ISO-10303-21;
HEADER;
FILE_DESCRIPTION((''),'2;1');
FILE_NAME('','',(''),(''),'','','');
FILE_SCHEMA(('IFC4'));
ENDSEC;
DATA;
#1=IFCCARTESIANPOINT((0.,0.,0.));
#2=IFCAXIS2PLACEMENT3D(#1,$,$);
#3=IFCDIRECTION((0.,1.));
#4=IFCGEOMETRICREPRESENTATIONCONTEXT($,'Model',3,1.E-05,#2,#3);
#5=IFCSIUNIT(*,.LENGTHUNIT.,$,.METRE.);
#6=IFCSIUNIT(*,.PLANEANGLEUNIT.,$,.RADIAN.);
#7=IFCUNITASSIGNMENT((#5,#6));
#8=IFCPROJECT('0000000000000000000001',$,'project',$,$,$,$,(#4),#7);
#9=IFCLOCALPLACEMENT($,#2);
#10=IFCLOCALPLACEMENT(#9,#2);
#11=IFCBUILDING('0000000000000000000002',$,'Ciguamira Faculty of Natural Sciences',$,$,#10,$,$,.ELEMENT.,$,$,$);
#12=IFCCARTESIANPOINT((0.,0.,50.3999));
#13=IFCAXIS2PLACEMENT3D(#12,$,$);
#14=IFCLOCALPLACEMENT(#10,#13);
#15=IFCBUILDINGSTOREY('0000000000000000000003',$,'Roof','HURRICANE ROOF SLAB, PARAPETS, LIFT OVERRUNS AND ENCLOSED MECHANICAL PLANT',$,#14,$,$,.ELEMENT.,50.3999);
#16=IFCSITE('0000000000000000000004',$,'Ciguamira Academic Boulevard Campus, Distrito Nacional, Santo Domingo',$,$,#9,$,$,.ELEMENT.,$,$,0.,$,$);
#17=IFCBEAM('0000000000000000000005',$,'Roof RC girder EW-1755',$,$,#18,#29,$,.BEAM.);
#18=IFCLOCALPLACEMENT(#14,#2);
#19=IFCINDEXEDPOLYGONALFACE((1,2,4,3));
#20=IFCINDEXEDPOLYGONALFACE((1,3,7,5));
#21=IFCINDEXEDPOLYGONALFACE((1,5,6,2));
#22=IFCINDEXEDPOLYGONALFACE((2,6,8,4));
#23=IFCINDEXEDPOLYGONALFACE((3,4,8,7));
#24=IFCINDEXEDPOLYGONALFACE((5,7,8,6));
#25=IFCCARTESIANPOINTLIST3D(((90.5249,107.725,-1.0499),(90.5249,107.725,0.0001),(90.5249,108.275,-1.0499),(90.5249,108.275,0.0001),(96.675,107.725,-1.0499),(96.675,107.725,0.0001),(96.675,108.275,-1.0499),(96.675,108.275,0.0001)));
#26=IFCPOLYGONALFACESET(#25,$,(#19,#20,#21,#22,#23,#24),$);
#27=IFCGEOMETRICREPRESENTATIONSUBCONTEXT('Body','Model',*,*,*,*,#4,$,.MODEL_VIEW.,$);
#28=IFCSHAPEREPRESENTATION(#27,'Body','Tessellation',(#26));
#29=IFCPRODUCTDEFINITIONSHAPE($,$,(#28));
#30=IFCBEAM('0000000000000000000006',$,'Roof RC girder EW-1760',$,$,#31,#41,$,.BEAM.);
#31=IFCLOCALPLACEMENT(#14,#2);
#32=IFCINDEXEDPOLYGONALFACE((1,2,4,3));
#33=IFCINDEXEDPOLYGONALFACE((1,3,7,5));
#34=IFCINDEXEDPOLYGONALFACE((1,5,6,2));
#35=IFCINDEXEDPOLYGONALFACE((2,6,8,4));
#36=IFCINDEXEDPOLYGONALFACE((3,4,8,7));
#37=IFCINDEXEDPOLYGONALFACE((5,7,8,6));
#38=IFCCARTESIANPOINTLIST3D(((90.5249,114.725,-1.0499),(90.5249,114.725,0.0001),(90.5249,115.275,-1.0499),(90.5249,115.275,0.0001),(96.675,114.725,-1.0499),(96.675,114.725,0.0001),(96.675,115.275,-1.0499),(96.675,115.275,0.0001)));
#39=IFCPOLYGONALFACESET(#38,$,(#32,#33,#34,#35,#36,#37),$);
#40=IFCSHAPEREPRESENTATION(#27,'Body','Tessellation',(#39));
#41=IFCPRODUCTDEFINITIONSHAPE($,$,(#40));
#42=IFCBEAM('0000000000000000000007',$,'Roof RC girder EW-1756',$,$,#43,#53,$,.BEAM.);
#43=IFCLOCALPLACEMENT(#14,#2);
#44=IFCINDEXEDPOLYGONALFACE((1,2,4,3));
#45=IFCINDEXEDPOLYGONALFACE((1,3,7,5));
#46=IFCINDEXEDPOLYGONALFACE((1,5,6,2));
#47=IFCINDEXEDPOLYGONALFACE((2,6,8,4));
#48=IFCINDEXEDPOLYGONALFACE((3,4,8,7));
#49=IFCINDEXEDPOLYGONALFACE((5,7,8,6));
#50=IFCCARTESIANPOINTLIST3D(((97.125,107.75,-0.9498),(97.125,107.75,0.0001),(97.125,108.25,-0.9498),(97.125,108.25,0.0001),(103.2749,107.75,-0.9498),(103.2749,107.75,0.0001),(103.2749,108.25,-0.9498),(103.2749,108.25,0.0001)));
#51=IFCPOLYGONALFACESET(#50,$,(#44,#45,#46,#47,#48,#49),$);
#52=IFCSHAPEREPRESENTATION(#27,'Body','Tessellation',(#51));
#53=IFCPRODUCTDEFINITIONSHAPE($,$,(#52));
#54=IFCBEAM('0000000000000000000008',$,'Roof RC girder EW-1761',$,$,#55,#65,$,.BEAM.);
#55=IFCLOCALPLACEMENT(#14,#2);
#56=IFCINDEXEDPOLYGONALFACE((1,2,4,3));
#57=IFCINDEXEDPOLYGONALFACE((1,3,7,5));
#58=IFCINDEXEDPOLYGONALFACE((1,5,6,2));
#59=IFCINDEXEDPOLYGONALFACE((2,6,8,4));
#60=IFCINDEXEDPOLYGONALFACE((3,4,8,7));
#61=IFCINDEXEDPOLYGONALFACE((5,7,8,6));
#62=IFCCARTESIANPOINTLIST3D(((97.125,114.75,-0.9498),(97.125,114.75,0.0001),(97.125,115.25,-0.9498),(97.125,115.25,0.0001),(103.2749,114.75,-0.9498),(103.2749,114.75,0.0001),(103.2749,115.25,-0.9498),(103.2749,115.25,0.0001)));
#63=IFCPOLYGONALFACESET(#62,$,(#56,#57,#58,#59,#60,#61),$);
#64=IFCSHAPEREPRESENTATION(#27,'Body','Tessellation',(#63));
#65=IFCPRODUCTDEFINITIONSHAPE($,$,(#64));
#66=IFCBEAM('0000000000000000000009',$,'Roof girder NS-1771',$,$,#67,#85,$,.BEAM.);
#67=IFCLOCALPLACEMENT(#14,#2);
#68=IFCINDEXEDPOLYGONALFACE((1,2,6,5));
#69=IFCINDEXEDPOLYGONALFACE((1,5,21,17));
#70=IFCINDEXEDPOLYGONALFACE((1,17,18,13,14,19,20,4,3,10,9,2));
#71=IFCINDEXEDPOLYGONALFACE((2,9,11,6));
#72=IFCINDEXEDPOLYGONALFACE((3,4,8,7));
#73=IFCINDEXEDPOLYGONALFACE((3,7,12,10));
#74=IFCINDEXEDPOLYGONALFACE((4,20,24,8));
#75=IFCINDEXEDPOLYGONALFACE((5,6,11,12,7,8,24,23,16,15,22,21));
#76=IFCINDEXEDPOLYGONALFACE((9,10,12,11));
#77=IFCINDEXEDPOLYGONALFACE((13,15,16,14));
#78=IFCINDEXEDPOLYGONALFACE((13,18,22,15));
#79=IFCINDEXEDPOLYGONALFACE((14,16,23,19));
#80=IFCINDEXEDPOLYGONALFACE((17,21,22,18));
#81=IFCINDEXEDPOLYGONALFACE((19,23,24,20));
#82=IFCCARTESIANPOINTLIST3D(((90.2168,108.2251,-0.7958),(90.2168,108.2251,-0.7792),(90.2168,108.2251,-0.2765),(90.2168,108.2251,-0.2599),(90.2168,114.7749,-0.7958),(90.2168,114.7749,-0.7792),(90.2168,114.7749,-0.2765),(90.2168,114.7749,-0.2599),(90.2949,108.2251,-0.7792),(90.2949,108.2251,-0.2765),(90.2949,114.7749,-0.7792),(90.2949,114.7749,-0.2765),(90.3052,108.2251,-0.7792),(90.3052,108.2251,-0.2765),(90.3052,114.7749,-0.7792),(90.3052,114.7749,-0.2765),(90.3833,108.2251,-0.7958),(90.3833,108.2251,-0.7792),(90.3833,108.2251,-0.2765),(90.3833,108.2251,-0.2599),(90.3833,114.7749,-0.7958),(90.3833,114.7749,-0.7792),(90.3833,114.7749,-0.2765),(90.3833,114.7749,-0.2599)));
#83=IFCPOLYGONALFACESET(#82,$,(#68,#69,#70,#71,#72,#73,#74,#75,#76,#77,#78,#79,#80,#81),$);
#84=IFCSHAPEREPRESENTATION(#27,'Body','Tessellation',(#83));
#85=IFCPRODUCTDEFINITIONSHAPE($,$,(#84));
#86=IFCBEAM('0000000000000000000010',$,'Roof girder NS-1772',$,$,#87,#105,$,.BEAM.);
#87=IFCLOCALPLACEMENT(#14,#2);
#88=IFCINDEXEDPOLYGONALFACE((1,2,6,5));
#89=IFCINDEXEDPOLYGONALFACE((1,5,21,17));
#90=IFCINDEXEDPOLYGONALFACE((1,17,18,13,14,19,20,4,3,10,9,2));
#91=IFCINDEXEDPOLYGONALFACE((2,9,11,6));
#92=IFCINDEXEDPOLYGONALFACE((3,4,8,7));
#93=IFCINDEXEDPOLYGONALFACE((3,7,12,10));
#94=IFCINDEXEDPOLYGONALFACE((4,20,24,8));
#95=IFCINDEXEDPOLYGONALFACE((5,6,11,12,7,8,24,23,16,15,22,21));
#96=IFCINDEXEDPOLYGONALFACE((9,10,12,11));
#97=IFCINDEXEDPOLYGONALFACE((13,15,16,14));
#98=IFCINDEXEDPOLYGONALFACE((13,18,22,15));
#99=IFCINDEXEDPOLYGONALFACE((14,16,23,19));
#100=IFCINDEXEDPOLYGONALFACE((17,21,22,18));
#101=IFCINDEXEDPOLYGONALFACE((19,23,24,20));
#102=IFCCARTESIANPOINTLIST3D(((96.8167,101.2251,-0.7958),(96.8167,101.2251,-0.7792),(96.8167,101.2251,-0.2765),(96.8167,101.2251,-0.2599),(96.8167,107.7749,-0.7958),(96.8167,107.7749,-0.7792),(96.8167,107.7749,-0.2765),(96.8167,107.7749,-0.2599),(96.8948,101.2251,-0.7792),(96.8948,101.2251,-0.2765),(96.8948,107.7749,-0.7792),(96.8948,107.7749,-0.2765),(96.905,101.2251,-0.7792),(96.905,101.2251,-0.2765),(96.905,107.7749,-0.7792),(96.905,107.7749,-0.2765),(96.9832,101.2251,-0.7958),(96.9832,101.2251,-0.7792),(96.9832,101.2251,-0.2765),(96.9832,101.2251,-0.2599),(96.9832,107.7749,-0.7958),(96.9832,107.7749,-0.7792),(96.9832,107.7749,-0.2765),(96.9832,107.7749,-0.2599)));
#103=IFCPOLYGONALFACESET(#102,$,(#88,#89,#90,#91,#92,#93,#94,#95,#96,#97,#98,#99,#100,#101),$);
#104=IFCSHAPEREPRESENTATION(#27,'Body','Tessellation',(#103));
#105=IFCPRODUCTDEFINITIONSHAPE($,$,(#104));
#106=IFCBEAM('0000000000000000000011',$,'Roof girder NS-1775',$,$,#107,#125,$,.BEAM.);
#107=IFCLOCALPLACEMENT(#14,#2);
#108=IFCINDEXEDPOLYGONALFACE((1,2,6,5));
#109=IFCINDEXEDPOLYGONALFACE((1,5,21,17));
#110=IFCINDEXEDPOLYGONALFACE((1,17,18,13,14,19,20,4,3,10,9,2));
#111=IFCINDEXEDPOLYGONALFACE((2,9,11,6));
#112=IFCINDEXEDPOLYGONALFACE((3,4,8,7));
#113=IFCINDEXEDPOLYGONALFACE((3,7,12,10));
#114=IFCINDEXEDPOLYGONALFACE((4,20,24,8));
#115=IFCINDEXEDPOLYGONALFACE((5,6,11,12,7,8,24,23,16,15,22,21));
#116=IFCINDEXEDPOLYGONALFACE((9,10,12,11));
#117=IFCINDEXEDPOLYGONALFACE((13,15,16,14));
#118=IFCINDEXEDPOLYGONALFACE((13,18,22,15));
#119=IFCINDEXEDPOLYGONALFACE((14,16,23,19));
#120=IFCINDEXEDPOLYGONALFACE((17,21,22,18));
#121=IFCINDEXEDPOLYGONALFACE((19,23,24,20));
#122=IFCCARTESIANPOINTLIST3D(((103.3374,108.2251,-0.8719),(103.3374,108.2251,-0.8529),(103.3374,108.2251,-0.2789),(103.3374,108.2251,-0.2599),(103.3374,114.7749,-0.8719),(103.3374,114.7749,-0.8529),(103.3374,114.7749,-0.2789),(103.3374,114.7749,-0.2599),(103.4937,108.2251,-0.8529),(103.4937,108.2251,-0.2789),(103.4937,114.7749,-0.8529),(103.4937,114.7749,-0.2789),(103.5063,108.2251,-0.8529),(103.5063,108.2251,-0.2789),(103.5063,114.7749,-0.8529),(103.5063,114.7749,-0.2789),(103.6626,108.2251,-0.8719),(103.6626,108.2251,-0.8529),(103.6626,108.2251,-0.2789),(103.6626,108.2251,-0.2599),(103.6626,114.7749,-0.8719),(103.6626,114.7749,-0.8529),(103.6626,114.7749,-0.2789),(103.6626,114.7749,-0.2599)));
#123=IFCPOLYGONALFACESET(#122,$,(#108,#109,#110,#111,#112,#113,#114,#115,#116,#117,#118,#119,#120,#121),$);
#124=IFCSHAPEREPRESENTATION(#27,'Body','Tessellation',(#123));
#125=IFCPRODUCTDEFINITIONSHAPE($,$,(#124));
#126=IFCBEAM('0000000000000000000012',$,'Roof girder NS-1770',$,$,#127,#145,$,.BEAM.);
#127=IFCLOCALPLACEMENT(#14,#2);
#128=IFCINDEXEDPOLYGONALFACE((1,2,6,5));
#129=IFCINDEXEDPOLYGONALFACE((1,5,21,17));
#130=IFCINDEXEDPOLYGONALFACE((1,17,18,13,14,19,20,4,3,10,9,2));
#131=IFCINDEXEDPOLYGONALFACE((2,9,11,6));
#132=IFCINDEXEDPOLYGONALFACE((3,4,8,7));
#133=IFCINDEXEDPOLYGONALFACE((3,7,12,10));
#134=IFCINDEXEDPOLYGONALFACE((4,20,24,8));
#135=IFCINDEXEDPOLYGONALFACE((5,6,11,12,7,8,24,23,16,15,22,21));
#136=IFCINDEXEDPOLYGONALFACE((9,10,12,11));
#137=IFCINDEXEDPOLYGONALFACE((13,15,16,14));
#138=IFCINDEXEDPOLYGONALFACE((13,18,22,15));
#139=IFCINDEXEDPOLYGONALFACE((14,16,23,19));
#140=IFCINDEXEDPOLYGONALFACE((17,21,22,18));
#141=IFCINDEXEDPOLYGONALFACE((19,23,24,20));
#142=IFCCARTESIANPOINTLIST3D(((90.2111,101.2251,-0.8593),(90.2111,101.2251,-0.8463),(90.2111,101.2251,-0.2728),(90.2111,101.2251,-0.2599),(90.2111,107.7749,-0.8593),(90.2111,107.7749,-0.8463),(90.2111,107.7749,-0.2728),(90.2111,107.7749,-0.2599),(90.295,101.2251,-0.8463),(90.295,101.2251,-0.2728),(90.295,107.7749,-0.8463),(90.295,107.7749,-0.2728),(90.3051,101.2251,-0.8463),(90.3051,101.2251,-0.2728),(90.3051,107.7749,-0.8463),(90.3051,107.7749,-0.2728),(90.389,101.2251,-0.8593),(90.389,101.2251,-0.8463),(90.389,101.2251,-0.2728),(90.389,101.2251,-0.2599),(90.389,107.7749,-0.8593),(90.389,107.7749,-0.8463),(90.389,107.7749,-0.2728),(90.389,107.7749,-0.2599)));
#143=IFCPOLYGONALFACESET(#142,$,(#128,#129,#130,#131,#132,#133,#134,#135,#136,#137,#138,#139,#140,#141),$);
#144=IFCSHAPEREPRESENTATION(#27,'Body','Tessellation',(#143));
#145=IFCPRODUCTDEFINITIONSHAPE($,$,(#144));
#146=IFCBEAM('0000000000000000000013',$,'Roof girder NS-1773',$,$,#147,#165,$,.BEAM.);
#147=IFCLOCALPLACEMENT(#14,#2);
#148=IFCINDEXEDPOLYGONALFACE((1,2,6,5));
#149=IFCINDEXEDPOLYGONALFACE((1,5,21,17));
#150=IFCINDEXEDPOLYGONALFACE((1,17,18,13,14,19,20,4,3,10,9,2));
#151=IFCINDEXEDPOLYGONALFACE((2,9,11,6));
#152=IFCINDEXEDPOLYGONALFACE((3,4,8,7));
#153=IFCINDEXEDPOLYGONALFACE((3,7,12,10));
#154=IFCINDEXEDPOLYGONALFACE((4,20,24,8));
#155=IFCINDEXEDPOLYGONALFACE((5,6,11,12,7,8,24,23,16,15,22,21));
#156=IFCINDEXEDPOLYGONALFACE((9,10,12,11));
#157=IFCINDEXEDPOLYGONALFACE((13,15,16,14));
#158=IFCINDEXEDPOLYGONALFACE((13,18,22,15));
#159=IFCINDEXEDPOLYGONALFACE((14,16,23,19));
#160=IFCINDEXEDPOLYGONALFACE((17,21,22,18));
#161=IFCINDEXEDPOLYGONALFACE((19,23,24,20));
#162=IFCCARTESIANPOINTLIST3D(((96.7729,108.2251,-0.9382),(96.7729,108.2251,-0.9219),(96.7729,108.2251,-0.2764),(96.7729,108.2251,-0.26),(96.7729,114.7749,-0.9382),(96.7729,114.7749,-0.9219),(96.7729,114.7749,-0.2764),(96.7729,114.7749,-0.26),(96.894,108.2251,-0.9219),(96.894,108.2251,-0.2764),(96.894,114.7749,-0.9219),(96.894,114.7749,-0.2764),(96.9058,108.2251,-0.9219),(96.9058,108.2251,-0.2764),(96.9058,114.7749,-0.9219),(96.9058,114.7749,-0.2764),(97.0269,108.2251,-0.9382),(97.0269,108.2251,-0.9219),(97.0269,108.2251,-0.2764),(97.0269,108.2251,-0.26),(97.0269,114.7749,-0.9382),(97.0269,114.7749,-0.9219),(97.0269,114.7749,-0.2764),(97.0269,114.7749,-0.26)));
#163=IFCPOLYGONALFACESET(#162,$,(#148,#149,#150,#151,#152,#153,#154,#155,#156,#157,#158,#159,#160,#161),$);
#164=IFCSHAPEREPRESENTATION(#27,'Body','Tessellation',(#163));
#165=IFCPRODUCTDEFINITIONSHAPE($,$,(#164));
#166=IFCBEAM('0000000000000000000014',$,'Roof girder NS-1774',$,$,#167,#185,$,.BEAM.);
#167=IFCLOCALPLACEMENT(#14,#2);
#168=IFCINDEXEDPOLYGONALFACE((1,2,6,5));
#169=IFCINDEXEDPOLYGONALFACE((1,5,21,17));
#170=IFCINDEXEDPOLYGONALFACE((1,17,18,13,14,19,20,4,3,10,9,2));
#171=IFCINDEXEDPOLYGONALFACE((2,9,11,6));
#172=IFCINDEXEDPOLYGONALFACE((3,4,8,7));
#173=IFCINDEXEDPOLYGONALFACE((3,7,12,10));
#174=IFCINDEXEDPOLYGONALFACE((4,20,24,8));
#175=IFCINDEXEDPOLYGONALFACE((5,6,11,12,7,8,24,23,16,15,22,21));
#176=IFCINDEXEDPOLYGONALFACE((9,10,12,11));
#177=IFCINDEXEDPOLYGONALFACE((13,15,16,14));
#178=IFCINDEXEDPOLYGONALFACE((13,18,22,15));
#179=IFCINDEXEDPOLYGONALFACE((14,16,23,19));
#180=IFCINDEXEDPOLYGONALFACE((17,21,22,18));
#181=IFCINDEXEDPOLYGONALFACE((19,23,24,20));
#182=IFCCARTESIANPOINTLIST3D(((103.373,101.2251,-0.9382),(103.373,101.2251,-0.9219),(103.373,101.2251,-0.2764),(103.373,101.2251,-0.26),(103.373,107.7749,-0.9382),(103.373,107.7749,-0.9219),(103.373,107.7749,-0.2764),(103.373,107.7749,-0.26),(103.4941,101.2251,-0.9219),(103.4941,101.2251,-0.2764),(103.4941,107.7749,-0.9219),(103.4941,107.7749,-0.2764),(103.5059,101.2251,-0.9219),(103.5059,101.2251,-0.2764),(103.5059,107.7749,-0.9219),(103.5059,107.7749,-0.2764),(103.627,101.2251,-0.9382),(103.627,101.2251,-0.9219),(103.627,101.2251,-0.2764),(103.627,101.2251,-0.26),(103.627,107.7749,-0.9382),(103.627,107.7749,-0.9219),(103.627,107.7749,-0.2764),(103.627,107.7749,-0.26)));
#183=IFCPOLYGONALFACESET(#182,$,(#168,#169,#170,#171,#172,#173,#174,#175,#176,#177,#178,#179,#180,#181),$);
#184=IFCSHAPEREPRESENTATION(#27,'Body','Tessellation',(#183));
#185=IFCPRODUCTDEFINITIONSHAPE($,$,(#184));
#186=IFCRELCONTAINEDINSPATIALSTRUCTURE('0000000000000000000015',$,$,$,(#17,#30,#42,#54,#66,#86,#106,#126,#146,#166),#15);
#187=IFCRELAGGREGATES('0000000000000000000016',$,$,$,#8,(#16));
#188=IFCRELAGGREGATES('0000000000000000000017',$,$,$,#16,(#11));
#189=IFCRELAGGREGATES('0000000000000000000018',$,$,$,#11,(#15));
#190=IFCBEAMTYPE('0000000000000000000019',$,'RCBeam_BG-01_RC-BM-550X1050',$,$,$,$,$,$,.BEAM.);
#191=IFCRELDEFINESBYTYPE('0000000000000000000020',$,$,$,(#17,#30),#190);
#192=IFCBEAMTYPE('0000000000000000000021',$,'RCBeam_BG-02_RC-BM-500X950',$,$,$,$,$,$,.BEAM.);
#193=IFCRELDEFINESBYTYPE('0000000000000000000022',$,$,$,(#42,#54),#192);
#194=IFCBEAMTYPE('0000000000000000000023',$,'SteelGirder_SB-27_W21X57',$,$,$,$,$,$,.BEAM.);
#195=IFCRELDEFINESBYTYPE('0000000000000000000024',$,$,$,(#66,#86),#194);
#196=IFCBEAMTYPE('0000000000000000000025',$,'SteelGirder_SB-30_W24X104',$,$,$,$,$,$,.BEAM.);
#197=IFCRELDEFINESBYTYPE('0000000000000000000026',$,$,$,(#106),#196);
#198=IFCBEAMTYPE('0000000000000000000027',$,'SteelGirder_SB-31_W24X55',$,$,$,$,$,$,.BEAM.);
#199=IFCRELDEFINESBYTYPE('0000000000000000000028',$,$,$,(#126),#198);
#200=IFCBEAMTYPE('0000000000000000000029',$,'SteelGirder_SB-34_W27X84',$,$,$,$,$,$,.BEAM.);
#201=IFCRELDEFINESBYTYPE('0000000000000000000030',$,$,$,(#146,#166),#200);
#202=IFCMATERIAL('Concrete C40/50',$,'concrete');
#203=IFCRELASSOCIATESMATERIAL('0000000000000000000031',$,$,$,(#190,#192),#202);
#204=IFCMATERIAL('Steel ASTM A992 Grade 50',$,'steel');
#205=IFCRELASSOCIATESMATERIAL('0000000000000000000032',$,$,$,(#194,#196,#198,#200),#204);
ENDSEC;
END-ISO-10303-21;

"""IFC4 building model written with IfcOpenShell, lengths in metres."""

from ifc_helpers import new_model, si_unit, direction, frame, origin, origin_2d, place, context, subcontext, project, spatial, rectangle, i_section, extrude, material, material_profile, profile_set, type_object, element, save


model = new_model("IFC4")

# Units and contexts
model_context = context("Model", 3, precision=1e-05, world=origin(), true_north=direction((0.0, 1.0)))
body_context = subcontext(model_context, "Body", "Model", "MODEL_VIEW")
ifc_project = project(units=[si_unit("LENGTHUNIT", "METRE"), si_unit("PLANEANGLEUNIT", "RADIAN")], contexts=[model_context])

# Site, building, storey
site_placement = place(None, origin())
site = spatial("IfcSite", under=ifc_project, at=site_placement, Name="Ciguamira Academic Boulevard Campus, Distrito Nacional, Santo Domingo", CompositionType="ELEMENT", RefElevation=0.0)
building_placement = place(site_placement, origin())
building = spatial("IfcBuilding", under=site, at=building_placement, Name="Ciguamira Faculty of Natural Sciences", CompositionType="ELEMENT")
storey_placement = place(building_placement, frame((0.0, 0.0, 50.3999)))
storey = spatial("IfcBuildingStorey", under=building, at=storey_placement, Name="Roof", Description="HURRICANE ROOF SLAB, PARAPETS, LIFT OVERRUNS AND ENCLOSED MECHANICAL PLANT", CompositionType="ELEMENT", Elevation=50.3999)

# Beams
ifc_material_1 = material(Name="Concrete C40/50", Category="concrete")
ifc_material_profile_1 = material_profile(ifc_material_1, rectangle(XDim=0.55, YDim=1.05, at=origin_2d()), Name="RC-BM-550X1050")
ifc_profile_set_1 = profile_set([ifc_material_profile_1], Name="Concrete C40/50")
beam_type_1 = type_object("IfcBeamType", Name="RCBeam_BG-01_RC-BM-550X1050", PredefinedType="BEAM", material=ifc_profile_set_1)
for number, where, z_axis, x_axis, name in (
    (1, (90.5249, 108.0, -0.5249), (1.0, 0.0, 0.0), (0.0, 1.0, 0.0), "Roof RC girder EW-1755"),
    (2, (90.5249, 115.0, -0.5249), (1.0, 0.0, 0.0), (0.0, 1.0, 0.0), "Roof RC girder EW-1760"),
):
    element("IfcBeam", number, at=place(storey_placement, frame(where, z_axis=z_axis, x_axis=x_axis)), inside=storey, type_object=beam_type_1, Name=name, PredefinedType="BEAM", context=body_context, shape_type="SweptSolid", body=[
        extrude(rectangle(XDim=0.55, YDim=1.05, at=origin_2d()), origin(), (0.0, 0.0, 1.0), 6.1501),
    ])
ifc_material_profile_2 = material_profile(ifc_material_1, rectangle(XDim=0.5, YDim=0.95, at=origin_2d()), Name="RC-BM-500X950")
ifc_profile_set_2 = profile_set([ifc_material_profile_2], Name="Concrete C40/50")
beam_type_2 = type_object("IfcBeamType", Name="RCBeam_BG-02_RC-BM-500X950", PredefinedType="BEAM", material=ifc_profile_set_2)
for number, where, z_axis, x_axis, name in (
    (3, (97.125, 108.0, -0.4749), (1.0, 0.0, 0.0), (0.0, 1.0, 0.0), "Roof RC girder EW-1756"),
    (4, (97.125, 115.0, -0.4749), (1.0, 0.0, 0.0), (0.0, 1.0, 0.0), "Roof RC girder EW-1761"),
):
    element("IfcBeam", number, at=place(storey_placement, frame(where, z_axis=z_axis, x_axis=x_axis)), inside=storey, type_object=beam_type_2, Name=name, PredefinedType="BEAM", context=body_context, shape_type="SweptSolid", body=[
        extrude(rectangle(XDim=0.5, YDim=0.95, at=origin_2d()), origin(), (0.0, 0.0, 1.0), 6.1499),
    ])
ifc_material_2 = material(Name="Steel ASTM A992 Grade 50", Category="steel")
ifc_material_profile_3 = material_profile(ifc_material_2, i_section(OverallWidth=0.1665, OverallDepth=0.5359, WebThickness=0.0103, FlangeThickness=0.0166, at=origin_2d()), Name="W21X57")
ifc_profile_set_3 = profile_set([ifc_material_profile_3], Name="Steel ASTM A992 Grade 50")
beam_type_3 = type_object("IfcBeamType", Name="SteelGirder_SB-27_W21X57", PredefinedType="BEAM", material=ifc_profile_set_3)
for number, where, z_axis, x_axis, name in (
    (5, (90.3, 108.2251, -0.5278), (0.0, 1.0, 0.0), (-1.0, 0.0, 0.0), "Roof girder NS-1771"),
    (6, (96.8999, 101.2251, -0.5278), (0.0, 1.0, 0.0), (-1.0, 0.0, 0.0), "Roof girder NS-1772"),
):
    element("IfcBeam", number, at=place(storey_placement, frame(where, z_axis=z_axis, x_axis=x_axis)), inside=storey, type_object=beam_type_3, Name=name, PredefinedType="BEAM", context=body_context, shape_type="SweptSolid", body=[
        extrude(i_section(OverallWidth=0.1665, OverallDepth=0.5359, WebThickness=0.0103, FlangeThickness=0.0166, at=origin_2d()), origin(), (0.0, 0.0, 1.0), 6.5498),
    ])
ifc_material_profile_4 = material_profile(ifc_material_2, i_section(OverallWidth=0.3252, OverallDepth=0.6121, WebThickness=0.0127, FlangeThickness=0.019, at=origin_2d()), Name="W24X104")
ifc_profile_set_4 = profile_set([ifc_material_profile_4], Name="Steel ASTM A992 Grade 50")
beam_type_4 = type_object("IfcBeamType", Name="SteelGirder_SB-30_W24X104", PredefinedType="BEAM", material=ifc_profile_set_4)
beam_1_placement = place(storey_placement, frame((103.5, 108.2251, -0.5659), z_axis=(0.0, 1.0, 0.0), x_axis=(-1.0, 0.0, 0.0)))
element("IfcBeam", 7, at=beam_1_placement, inside=storey, type_object=beam_type_4, Name="Roof girder NS-1775", PredefinedType="BEAM", context=body_context, shape_type="SweptSolid", body=[
    extrude(i_section(OverallWidth=0.3252, OverallDepth=0.6121, WebThickness=0.0127, FlangeThickness=0.019, at=origin_2d()), origin(), (0.0, 0.0, 1.0), 6.5498),
])
ifc_material_profile_5 = material_profile(ifc_material_2, i_section(OverallWidth=0.178, OverallDepth=0.5994, WebThickness=0.01, FlangeThickness=0.0129, at=origin_2d()), Name="W24X55")
ifc_profile_set_5 = profile_set([ifc_material_profile_5], Name="Steel ASTM A992 Grade 50")
beam_type_5 = type_object("IfcBeamType", Name="SteelGirder_SB-31_W24X55", PredefinedType="BEAM", material=ifc_profile_set_5)
beam_2_placement = place(storey_placement, frame((90.3, 101.2251, -0.5596), z_axis=(0.0, 1.0, 0.0), x_axis=(-1.0, 0.0, 0.0)))
element("IfcBeam", 8, at=beam_2_placement, inside=storey, type_object=beam_type_5, Name="Roof girder NS-1770", PredefinedType="BEAM", context=body_context, shape_type="SweptSolid", body=[
    extrude(i_section(OverallWidth=0.178, OverallDepth=0.5994, WebThickness=0.01, FlangeThickness=0.0129, at=origin_2d()), origin(), (0.0, 0.0, 1.0), 6.5498),
])
ifc_material_profile_6 = material_profile(ifc_material_2, i_section(OverallWidth=0.2539, OverallDepth=0.6782, WebThickness=0.0117, FlangeThickness=0.0164, at=origin_2d()), Name="W27X84")
ifc_profile_set_6 = profile_set([ifc_material_profile_6], Name="Steel ASTM A992 Grade 50")
beam_type_6 = type_object("IfcBeamType", Name="SteelGirder_SB-34_W27X84", PredefinedType="BEAM", material=ifc_profile_set_6)
for number, where, z_axis, x_axis, name in (
    (9, (96.8999, 108.2251, -0.5991), (0.0, 1.0, 0.0), (-1.0, 0.0, 0.0), "Roof girder NS-1773"),
    (10, (103.5, 101.2251, -0.5991), (0.0, 1.0, 0.0), (-1.0, 0.0, 0.0), "Roof girder NS-1774"),
):
    element("IfcBeam", number, at=place(storey_placement, frame(where, z_axis=z_axis, x_axis=x_axis)), inside=storey, type_object=beam_type_6, Name=name, PredefinedType="BEAM", context=body_context, shape_type="SweptSolid", body=[
        extrude(i_section(OverallWidth=0.2539, OverallDepth=0.6782, WebThickness=0.0117, FlangeThickness=0.0164, at=origin_2d()), origin(), (0.0, 0.0, 1.0), 6.5498),
    ])

save(model, "model.ifc")
